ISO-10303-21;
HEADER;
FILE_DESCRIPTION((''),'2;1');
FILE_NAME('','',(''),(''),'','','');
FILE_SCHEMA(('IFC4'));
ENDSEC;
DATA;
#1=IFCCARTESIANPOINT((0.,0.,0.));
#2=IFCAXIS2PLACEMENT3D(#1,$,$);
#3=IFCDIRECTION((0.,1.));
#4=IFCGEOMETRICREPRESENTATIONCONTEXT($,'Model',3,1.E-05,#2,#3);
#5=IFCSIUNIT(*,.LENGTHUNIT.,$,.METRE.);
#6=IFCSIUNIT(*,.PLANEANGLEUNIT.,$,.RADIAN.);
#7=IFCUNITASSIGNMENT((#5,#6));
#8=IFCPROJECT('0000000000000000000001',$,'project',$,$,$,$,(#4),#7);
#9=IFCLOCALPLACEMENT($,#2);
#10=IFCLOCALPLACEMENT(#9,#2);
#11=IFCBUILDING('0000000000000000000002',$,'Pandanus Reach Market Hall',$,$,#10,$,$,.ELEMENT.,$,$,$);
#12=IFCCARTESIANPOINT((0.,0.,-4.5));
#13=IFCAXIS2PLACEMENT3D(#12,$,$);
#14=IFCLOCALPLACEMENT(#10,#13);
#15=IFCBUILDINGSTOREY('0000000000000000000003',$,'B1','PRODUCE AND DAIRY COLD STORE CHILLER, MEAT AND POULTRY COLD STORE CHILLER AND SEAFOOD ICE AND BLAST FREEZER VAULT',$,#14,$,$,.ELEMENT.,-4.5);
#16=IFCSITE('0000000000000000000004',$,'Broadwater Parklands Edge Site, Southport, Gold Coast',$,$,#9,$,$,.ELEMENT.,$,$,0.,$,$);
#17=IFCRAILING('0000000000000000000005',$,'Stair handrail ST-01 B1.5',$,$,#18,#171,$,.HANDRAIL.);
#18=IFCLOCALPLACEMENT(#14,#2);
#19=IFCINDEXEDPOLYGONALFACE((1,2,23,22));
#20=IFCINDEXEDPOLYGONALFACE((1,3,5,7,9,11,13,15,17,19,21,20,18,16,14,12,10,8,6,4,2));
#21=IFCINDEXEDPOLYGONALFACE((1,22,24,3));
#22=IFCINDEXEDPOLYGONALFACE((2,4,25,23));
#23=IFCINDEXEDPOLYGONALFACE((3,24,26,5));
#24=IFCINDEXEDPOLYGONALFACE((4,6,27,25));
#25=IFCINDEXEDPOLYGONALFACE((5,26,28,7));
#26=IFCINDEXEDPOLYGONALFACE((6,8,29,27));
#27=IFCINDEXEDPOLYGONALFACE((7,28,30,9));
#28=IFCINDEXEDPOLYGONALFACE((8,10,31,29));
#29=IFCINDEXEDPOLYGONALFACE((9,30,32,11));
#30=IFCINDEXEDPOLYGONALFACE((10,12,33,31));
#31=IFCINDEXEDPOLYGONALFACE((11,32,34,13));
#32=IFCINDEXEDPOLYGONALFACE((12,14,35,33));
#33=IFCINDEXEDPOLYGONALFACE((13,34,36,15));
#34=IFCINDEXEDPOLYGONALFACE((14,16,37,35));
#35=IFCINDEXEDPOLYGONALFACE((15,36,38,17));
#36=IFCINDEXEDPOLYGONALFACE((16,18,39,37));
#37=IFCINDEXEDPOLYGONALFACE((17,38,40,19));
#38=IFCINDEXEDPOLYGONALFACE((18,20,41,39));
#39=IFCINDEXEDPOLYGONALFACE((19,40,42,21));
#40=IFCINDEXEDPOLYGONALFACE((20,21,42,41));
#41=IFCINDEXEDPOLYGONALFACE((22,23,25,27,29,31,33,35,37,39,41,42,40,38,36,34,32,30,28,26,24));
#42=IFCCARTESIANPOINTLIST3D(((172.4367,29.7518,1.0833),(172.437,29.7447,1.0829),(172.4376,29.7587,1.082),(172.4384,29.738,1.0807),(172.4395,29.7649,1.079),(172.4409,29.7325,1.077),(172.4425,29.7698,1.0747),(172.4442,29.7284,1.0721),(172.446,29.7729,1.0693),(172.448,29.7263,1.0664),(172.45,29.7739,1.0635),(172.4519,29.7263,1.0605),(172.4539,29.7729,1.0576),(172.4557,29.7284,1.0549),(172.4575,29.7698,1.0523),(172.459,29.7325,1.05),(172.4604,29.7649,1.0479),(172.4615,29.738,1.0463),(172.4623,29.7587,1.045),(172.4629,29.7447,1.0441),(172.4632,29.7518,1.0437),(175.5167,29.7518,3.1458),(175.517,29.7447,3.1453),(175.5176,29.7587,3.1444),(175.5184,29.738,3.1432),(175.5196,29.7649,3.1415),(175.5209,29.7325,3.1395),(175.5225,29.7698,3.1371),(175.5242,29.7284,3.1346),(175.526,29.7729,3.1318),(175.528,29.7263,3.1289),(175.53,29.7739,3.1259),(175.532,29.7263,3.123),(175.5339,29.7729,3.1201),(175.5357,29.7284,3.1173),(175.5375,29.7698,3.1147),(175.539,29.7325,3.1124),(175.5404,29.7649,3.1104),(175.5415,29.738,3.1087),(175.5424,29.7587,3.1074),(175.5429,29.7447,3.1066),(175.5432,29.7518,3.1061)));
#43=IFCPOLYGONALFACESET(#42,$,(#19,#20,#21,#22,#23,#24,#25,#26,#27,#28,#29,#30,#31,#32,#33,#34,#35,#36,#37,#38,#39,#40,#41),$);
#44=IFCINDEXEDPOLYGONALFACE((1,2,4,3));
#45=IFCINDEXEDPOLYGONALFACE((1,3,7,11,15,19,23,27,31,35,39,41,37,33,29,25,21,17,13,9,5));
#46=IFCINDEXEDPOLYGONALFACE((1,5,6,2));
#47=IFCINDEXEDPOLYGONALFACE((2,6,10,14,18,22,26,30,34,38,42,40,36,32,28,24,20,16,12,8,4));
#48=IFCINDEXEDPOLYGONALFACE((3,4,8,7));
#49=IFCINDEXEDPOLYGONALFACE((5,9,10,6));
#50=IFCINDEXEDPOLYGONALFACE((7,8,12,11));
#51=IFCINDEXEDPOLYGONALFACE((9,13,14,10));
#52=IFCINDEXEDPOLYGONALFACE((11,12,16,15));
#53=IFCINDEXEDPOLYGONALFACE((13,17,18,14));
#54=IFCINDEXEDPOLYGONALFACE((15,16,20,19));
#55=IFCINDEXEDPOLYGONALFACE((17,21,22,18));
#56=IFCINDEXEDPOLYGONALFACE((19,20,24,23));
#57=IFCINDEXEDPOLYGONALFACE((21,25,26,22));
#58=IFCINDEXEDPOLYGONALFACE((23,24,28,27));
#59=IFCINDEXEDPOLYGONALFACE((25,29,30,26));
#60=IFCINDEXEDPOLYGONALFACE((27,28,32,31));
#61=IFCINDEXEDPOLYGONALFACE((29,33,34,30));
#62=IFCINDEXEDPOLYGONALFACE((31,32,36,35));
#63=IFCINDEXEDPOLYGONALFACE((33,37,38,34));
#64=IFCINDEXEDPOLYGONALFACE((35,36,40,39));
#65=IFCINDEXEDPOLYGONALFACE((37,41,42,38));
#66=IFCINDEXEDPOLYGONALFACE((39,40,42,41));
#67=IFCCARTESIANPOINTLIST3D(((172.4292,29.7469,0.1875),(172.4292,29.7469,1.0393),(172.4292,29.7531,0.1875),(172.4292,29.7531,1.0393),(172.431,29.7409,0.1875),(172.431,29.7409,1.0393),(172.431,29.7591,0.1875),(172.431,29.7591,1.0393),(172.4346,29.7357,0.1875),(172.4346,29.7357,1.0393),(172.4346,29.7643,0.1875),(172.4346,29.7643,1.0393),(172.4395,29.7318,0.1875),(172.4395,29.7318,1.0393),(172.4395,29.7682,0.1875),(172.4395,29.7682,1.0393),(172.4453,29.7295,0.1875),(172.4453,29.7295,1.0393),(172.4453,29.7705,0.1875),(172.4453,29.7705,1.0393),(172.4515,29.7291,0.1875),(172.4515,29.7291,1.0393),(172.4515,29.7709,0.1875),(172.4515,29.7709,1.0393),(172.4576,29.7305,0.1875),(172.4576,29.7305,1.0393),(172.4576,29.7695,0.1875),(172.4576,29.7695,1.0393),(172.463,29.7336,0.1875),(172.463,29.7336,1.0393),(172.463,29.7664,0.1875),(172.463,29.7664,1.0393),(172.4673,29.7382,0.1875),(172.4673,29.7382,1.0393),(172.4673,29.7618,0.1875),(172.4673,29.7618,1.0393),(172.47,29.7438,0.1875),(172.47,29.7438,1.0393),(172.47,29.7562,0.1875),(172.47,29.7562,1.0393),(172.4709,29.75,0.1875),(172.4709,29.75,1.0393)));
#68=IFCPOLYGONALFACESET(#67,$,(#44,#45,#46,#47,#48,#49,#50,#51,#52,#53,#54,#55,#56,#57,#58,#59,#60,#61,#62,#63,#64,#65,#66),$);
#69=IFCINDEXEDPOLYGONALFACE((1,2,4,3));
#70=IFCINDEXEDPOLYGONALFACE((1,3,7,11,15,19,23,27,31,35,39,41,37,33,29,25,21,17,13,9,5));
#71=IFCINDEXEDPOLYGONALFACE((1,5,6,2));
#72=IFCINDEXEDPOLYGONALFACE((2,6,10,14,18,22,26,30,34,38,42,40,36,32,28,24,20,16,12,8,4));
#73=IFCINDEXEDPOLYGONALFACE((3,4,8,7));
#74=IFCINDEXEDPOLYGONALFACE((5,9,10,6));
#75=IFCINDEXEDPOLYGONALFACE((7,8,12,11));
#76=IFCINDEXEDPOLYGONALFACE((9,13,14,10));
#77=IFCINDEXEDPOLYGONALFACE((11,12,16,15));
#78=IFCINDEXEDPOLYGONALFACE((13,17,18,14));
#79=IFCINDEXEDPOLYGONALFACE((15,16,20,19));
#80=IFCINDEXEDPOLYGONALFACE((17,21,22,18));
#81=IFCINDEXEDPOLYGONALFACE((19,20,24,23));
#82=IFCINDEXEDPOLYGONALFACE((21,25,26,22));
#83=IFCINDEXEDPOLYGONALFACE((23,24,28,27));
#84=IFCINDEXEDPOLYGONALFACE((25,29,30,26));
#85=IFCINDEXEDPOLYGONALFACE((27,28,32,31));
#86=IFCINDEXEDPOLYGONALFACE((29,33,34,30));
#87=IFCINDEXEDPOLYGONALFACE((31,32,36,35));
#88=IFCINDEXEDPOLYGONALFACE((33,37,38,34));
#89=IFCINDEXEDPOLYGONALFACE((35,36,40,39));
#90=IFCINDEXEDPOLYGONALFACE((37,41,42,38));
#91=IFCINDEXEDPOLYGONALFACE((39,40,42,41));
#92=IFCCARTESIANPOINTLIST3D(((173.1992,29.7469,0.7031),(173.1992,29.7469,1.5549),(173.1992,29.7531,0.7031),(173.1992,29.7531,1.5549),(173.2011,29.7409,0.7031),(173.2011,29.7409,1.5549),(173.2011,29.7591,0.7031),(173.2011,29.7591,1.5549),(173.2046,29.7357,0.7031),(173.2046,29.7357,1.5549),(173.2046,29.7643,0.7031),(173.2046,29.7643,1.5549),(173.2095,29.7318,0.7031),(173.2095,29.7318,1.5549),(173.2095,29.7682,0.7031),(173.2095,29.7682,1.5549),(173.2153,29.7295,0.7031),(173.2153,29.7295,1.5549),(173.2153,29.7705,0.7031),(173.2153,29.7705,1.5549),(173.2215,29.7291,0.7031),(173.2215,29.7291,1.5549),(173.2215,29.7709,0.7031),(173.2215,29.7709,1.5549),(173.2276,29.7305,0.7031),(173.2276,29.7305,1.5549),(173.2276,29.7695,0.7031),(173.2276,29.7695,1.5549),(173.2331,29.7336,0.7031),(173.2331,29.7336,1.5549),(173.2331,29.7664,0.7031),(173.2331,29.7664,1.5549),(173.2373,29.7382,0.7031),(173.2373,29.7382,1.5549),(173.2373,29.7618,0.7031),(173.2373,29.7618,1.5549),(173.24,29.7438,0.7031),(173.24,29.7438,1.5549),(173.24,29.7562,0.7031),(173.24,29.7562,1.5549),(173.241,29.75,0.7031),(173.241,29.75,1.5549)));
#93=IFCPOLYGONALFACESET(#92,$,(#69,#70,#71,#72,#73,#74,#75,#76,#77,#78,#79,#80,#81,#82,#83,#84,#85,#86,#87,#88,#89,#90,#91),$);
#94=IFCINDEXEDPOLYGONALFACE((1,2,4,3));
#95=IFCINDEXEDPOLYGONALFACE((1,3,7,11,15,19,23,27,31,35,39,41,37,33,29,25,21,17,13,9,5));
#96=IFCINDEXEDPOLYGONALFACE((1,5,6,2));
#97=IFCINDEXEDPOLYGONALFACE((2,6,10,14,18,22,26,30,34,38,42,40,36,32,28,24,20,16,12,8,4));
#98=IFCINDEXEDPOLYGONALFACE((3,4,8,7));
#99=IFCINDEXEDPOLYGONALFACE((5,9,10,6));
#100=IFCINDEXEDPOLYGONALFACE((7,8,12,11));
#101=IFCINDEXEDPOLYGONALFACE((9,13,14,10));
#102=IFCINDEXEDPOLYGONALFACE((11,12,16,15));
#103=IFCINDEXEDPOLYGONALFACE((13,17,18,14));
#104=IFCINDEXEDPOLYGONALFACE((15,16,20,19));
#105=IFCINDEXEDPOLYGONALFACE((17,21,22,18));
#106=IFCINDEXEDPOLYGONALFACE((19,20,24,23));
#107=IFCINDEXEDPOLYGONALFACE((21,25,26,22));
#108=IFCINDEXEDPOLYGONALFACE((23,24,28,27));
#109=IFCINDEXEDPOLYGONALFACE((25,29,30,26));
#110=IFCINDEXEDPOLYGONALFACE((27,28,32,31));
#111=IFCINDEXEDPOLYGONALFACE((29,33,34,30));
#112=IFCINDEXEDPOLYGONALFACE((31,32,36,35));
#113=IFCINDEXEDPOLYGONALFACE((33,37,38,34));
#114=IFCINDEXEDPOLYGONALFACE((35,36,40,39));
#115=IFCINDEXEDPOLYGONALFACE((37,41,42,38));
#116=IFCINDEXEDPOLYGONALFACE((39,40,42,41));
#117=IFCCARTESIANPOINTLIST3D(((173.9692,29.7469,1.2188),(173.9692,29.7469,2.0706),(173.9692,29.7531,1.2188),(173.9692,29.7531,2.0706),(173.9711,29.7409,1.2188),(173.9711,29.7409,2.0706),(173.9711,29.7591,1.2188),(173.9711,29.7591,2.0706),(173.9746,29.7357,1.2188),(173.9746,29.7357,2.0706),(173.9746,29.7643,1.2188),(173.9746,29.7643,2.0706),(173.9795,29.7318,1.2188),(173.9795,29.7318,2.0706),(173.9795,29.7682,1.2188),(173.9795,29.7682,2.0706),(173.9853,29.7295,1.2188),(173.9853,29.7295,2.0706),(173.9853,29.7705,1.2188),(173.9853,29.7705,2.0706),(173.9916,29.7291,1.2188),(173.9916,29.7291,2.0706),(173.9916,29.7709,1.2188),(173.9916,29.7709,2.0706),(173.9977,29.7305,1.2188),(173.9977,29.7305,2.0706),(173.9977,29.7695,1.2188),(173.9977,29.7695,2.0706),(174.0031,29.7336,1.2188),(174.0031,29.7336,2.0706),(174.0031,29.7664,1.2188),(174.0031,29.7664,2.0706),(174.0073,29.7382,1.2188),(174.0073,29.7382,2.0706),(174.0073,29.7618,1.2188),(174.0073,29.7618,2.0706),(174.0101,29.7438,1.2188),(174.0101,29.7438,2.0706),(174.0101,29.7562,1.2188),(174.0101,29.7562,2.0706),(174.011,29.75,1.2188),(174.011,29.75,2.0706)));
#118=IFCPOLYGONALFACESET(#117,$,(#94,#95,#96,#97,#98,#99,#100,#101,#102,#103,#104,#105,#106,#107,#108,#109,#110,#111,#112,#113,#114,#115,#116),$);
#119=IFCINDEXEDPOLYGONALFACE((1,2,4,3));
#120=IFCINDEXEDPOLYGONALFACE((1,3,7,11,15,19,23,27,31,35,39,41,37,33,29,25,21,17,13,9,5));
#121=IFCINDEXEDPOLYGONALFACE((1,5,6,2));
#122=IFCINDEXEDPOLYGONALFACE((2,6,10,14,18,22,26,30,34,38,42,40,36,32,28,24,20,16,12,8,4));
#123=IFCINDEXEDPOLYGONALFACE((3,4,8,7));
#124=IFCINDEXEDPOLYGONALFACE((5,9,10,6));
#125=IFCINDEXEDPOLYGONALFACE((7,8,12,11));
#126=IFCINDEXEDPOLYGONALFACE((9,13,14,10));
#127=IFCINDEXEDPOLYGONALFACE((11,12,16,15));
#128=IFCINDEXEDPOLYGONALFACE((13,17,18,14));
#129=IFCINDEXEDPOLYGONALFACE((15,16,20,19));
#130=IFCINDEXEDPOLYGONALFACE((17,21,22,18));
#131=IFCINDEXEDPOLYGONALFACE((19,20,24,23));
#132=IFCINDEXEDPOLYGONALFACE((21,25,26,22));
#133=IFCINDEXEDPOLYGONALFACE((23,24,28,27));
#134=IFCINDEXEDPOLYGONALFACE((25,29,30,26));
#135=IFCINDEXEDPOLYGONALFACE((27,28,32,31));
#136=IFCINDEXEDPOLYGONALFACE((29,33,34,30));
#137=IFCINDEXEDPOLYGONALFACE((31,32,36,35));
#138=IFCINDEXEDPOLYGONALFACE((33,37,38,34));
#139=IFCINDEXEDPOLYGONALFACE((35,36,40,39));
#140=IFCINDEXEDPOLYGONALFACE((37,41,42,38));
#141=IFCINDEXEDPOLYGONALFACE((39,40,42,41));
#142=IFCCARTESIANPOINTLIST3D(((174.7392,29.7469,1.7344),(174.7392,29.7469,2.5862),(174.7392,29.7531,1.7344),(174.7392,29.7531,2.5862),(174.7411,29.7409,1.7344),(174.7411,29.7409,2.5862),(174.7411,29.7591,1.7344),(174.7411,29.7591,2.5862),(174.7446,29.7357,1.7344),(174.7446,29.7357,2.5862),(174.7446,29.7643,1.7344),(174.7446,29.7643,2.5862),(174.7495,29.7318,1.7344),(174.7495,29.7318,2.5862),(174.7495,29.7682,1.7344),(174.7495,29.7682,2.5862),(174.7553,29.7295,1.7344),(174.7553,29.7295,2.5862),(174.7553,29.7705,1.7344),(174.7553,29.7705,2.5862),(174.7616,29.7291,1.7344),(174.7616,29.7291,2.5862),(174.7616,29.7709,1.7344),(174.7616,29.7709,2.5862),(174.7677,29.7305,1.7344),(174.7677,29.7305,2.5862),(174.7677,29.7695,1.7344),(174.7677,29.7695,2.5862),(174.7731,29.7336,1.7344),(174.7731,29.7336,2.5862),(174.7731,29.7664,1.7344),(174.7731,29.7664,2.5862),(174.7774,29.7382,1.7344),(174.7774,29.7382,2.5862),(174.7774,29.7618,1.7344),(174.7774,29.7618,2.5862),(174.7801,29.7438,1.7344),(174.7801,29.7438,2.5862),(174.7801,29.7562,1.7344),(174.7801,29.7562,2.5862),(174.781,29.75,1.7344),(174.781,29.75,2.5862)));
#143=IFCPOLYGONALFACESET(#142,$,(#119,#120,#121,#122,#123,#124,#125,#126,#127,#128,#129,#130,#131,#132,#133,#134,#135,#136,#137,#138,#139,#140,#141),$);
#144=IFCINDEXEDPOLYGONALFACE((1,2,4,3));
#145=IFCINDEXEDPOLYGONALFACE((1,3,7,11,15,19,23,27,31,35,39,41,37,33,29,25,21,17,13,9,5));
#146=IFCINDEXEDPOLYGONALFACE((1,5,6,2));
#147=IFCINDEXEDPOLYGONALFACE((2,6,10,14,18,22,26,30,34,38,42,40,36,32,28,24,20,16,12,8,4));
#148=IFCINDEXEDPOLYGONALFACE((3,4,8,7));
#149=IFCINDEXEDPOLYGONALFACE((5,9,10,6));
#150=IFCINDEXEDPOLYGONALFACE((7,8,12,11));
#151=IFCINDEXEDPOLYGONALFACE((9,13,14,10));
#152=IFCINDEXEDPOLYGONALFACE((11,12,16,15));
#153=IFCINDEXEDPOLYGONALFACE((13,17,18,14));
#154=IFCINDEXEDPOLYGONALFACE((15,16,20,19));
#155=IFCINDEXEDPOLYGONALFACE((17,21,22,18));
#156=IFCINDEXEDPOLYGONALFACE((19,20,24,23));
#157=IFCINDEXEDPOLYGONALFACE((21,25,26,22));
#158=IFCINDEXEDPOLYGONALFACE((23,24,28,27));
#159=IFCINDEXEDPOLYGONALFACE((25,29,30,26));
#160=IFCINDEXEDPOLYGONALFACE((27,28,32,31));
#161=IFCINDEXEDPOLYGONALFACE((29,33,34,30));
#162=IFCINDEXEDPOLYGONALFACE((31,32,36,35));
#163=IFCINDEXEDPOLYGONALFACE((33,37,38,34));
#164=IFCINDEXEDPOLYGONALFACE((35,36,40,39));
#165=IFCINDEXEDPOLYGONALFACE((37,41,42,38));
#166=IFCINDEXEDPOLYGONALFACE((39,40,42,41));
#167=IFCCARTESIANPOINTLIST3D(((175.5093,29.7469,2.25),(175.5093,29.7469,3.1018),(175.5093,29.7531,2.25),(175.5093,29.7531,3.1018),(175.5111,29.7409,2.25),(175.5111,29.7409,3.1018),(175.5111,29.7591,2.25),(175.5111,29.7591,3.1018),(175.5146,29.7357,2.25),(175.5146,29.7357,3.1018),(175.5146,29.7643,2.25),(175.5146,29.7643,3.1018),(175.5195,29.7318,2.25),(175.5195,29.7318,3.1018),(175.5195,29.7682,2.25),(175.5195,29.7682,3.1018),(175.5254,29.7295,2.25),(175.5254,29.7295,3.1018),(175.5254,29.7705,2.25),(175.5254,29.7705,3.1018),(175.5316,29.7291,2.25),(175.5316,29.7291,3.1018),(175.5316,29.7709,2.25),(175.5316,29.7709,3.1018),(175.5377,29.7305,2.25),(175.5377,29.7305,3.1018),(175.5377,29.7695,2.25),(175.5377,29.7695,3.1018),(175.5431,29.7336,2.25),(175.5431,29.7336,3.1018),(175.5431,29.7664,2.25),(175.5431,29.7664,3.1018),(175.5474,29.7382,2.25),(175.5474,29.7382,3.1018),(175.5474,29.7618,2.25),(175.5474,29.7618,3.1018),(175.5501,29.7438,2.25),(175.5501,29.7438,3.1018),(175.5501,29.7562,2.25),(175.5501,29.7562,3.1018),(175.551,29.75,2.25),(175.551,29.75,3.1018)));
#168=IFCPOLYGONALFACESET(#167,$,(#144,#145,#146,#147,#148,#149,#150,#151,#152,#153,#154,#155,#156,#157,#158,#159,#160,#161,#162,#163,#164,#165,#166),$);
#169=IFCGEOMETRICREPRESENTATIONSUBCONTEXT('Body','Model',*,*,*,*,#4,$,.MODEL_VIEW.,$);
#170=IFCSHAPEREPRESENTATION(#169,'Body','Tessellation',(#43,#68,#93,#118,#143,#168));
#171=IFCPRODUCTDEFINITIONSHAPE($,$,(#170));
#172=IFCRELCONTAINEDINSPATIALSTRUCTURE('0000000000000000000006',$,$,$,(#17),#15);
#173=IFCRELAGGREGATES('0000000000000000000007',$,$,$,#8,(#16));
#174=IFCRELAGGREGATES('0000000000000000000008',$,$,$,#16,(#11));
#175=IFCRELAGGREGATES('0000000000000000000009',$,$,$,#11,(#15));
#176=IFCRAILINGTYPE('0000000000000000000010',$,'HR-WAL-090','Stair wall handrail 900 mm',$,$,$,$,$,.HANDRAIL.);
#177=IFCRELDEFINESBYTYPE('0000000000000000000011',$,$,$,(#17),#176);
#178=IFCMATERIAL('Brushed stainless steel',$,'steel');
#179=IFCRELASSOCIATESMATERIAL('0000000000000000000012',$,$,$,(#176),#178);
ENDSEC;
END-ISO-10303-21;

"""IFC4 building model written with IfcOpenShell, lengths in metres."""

from ifc_helpers import new_model, si_unit, direction, frame, origin, origin_2d, place, context, subcontext, project, spatial, circle, extrude, material, type_object, element, save


model = new_model("IFC4")

# Units and contexts
model_context = context("Model", 3, precision=1e-05, world=origin(), true_north=direction((0.0, 1.0)))
body_context = subcontext(model_context, "Body", "Model", "MODEL_VIEW")
ifc_project = project(units=[si_unit("LENGTHUNIT", "METRE"), si_unit("PLANEANGLEUNIT", "RADIAN")], contexts=[model_context])

# Site, building, storey
site_placement = place(None, origin())
site = spatial("IfcSite", under=ifc_project, at=site_placement, Name="Broadwater Parklands Edge Site, Southport, Gold Coast", CompositionType="ELEMENT", RefElevation=0.0)
building_placement = place(site_placement, origin())
building = spatial("IfcBuilding", under=site, at=building_placement, Name="Pandanus Reach Market Hall", CompositionType="ELEMENT")
storey_placement = place(building_placement, frame((0.0, 0.0, -4.5)))
storey = spatial("IfcBuildingStorey", under=building, at=storey_placement, Name="B1", Description="PRODUCE AND DAIRY COLD STORE CHILLER, MEAT AND POULTRY COLD STORE CHILLER AND SEAFOOD ICE AND BLAST FREEZER VAULT", CompositionType="ELEMENT", Elevation=-4.5)

# Railing
ifc_material_1 = material(Name="Brushed stainless steel", Category="steel")
railing_type_1 = type_object("IfcRailingType", Name="HR-WAL-090", Description="Stair wall handrail 900 mm", PredefinedType="HANDRAIL", material=ifc_material_1)
railing_1_placement = place(storey_placement, frame((172.45, 29.75, 0.1875)))
element("IfcRailing", 1, at=railing_1_placement, inside=storey, type_object=railing_type_1, Name="Stair handrail ST-01 B1.5", PredefinedType="HANDRAIL", context=body_context, shape_type="SweptSolid", body=[
    extrude(circle(Radius=0.0239, at=origin_2d()), frame((0.0, 0.0, 0.876), z_axis=(0.830914, 0.0, 0.556401), x_axis=(0.0, 1.0, 0.0)), (0.0, 0.0, 1.0), 3.7068),
    extrude(circle(Radius=0.021, at=origin_2d()), origin(), (0.0, 0.0, 1.0), 0.8518),
    extrude(circle(Radius=0.021, at=origin_2d()), frame((0.77, 0.0, 0.5156)), (0.0, 0.0, 1.0), 0.8518),
    extrude(circle(Radius=0.021, at=origin_2d()), frame((1.54, 0.0, 1.0312)), (0.0, 0.0, 1.0), 0.8518),
    extrude(circle(Radius=0.021, at=origin_2d()), frame((2.3101, 0.0, 1.5469)), (0.0, 0.0, 1.0), 0.8518),
    extrude(circle(Radius=0.021, at=origin_2d()), frame((3.0801, 0.0, 2.0625)), (0.0, 0.0, 1.0), 0.8518),
])

save(model, "model.ifc")
